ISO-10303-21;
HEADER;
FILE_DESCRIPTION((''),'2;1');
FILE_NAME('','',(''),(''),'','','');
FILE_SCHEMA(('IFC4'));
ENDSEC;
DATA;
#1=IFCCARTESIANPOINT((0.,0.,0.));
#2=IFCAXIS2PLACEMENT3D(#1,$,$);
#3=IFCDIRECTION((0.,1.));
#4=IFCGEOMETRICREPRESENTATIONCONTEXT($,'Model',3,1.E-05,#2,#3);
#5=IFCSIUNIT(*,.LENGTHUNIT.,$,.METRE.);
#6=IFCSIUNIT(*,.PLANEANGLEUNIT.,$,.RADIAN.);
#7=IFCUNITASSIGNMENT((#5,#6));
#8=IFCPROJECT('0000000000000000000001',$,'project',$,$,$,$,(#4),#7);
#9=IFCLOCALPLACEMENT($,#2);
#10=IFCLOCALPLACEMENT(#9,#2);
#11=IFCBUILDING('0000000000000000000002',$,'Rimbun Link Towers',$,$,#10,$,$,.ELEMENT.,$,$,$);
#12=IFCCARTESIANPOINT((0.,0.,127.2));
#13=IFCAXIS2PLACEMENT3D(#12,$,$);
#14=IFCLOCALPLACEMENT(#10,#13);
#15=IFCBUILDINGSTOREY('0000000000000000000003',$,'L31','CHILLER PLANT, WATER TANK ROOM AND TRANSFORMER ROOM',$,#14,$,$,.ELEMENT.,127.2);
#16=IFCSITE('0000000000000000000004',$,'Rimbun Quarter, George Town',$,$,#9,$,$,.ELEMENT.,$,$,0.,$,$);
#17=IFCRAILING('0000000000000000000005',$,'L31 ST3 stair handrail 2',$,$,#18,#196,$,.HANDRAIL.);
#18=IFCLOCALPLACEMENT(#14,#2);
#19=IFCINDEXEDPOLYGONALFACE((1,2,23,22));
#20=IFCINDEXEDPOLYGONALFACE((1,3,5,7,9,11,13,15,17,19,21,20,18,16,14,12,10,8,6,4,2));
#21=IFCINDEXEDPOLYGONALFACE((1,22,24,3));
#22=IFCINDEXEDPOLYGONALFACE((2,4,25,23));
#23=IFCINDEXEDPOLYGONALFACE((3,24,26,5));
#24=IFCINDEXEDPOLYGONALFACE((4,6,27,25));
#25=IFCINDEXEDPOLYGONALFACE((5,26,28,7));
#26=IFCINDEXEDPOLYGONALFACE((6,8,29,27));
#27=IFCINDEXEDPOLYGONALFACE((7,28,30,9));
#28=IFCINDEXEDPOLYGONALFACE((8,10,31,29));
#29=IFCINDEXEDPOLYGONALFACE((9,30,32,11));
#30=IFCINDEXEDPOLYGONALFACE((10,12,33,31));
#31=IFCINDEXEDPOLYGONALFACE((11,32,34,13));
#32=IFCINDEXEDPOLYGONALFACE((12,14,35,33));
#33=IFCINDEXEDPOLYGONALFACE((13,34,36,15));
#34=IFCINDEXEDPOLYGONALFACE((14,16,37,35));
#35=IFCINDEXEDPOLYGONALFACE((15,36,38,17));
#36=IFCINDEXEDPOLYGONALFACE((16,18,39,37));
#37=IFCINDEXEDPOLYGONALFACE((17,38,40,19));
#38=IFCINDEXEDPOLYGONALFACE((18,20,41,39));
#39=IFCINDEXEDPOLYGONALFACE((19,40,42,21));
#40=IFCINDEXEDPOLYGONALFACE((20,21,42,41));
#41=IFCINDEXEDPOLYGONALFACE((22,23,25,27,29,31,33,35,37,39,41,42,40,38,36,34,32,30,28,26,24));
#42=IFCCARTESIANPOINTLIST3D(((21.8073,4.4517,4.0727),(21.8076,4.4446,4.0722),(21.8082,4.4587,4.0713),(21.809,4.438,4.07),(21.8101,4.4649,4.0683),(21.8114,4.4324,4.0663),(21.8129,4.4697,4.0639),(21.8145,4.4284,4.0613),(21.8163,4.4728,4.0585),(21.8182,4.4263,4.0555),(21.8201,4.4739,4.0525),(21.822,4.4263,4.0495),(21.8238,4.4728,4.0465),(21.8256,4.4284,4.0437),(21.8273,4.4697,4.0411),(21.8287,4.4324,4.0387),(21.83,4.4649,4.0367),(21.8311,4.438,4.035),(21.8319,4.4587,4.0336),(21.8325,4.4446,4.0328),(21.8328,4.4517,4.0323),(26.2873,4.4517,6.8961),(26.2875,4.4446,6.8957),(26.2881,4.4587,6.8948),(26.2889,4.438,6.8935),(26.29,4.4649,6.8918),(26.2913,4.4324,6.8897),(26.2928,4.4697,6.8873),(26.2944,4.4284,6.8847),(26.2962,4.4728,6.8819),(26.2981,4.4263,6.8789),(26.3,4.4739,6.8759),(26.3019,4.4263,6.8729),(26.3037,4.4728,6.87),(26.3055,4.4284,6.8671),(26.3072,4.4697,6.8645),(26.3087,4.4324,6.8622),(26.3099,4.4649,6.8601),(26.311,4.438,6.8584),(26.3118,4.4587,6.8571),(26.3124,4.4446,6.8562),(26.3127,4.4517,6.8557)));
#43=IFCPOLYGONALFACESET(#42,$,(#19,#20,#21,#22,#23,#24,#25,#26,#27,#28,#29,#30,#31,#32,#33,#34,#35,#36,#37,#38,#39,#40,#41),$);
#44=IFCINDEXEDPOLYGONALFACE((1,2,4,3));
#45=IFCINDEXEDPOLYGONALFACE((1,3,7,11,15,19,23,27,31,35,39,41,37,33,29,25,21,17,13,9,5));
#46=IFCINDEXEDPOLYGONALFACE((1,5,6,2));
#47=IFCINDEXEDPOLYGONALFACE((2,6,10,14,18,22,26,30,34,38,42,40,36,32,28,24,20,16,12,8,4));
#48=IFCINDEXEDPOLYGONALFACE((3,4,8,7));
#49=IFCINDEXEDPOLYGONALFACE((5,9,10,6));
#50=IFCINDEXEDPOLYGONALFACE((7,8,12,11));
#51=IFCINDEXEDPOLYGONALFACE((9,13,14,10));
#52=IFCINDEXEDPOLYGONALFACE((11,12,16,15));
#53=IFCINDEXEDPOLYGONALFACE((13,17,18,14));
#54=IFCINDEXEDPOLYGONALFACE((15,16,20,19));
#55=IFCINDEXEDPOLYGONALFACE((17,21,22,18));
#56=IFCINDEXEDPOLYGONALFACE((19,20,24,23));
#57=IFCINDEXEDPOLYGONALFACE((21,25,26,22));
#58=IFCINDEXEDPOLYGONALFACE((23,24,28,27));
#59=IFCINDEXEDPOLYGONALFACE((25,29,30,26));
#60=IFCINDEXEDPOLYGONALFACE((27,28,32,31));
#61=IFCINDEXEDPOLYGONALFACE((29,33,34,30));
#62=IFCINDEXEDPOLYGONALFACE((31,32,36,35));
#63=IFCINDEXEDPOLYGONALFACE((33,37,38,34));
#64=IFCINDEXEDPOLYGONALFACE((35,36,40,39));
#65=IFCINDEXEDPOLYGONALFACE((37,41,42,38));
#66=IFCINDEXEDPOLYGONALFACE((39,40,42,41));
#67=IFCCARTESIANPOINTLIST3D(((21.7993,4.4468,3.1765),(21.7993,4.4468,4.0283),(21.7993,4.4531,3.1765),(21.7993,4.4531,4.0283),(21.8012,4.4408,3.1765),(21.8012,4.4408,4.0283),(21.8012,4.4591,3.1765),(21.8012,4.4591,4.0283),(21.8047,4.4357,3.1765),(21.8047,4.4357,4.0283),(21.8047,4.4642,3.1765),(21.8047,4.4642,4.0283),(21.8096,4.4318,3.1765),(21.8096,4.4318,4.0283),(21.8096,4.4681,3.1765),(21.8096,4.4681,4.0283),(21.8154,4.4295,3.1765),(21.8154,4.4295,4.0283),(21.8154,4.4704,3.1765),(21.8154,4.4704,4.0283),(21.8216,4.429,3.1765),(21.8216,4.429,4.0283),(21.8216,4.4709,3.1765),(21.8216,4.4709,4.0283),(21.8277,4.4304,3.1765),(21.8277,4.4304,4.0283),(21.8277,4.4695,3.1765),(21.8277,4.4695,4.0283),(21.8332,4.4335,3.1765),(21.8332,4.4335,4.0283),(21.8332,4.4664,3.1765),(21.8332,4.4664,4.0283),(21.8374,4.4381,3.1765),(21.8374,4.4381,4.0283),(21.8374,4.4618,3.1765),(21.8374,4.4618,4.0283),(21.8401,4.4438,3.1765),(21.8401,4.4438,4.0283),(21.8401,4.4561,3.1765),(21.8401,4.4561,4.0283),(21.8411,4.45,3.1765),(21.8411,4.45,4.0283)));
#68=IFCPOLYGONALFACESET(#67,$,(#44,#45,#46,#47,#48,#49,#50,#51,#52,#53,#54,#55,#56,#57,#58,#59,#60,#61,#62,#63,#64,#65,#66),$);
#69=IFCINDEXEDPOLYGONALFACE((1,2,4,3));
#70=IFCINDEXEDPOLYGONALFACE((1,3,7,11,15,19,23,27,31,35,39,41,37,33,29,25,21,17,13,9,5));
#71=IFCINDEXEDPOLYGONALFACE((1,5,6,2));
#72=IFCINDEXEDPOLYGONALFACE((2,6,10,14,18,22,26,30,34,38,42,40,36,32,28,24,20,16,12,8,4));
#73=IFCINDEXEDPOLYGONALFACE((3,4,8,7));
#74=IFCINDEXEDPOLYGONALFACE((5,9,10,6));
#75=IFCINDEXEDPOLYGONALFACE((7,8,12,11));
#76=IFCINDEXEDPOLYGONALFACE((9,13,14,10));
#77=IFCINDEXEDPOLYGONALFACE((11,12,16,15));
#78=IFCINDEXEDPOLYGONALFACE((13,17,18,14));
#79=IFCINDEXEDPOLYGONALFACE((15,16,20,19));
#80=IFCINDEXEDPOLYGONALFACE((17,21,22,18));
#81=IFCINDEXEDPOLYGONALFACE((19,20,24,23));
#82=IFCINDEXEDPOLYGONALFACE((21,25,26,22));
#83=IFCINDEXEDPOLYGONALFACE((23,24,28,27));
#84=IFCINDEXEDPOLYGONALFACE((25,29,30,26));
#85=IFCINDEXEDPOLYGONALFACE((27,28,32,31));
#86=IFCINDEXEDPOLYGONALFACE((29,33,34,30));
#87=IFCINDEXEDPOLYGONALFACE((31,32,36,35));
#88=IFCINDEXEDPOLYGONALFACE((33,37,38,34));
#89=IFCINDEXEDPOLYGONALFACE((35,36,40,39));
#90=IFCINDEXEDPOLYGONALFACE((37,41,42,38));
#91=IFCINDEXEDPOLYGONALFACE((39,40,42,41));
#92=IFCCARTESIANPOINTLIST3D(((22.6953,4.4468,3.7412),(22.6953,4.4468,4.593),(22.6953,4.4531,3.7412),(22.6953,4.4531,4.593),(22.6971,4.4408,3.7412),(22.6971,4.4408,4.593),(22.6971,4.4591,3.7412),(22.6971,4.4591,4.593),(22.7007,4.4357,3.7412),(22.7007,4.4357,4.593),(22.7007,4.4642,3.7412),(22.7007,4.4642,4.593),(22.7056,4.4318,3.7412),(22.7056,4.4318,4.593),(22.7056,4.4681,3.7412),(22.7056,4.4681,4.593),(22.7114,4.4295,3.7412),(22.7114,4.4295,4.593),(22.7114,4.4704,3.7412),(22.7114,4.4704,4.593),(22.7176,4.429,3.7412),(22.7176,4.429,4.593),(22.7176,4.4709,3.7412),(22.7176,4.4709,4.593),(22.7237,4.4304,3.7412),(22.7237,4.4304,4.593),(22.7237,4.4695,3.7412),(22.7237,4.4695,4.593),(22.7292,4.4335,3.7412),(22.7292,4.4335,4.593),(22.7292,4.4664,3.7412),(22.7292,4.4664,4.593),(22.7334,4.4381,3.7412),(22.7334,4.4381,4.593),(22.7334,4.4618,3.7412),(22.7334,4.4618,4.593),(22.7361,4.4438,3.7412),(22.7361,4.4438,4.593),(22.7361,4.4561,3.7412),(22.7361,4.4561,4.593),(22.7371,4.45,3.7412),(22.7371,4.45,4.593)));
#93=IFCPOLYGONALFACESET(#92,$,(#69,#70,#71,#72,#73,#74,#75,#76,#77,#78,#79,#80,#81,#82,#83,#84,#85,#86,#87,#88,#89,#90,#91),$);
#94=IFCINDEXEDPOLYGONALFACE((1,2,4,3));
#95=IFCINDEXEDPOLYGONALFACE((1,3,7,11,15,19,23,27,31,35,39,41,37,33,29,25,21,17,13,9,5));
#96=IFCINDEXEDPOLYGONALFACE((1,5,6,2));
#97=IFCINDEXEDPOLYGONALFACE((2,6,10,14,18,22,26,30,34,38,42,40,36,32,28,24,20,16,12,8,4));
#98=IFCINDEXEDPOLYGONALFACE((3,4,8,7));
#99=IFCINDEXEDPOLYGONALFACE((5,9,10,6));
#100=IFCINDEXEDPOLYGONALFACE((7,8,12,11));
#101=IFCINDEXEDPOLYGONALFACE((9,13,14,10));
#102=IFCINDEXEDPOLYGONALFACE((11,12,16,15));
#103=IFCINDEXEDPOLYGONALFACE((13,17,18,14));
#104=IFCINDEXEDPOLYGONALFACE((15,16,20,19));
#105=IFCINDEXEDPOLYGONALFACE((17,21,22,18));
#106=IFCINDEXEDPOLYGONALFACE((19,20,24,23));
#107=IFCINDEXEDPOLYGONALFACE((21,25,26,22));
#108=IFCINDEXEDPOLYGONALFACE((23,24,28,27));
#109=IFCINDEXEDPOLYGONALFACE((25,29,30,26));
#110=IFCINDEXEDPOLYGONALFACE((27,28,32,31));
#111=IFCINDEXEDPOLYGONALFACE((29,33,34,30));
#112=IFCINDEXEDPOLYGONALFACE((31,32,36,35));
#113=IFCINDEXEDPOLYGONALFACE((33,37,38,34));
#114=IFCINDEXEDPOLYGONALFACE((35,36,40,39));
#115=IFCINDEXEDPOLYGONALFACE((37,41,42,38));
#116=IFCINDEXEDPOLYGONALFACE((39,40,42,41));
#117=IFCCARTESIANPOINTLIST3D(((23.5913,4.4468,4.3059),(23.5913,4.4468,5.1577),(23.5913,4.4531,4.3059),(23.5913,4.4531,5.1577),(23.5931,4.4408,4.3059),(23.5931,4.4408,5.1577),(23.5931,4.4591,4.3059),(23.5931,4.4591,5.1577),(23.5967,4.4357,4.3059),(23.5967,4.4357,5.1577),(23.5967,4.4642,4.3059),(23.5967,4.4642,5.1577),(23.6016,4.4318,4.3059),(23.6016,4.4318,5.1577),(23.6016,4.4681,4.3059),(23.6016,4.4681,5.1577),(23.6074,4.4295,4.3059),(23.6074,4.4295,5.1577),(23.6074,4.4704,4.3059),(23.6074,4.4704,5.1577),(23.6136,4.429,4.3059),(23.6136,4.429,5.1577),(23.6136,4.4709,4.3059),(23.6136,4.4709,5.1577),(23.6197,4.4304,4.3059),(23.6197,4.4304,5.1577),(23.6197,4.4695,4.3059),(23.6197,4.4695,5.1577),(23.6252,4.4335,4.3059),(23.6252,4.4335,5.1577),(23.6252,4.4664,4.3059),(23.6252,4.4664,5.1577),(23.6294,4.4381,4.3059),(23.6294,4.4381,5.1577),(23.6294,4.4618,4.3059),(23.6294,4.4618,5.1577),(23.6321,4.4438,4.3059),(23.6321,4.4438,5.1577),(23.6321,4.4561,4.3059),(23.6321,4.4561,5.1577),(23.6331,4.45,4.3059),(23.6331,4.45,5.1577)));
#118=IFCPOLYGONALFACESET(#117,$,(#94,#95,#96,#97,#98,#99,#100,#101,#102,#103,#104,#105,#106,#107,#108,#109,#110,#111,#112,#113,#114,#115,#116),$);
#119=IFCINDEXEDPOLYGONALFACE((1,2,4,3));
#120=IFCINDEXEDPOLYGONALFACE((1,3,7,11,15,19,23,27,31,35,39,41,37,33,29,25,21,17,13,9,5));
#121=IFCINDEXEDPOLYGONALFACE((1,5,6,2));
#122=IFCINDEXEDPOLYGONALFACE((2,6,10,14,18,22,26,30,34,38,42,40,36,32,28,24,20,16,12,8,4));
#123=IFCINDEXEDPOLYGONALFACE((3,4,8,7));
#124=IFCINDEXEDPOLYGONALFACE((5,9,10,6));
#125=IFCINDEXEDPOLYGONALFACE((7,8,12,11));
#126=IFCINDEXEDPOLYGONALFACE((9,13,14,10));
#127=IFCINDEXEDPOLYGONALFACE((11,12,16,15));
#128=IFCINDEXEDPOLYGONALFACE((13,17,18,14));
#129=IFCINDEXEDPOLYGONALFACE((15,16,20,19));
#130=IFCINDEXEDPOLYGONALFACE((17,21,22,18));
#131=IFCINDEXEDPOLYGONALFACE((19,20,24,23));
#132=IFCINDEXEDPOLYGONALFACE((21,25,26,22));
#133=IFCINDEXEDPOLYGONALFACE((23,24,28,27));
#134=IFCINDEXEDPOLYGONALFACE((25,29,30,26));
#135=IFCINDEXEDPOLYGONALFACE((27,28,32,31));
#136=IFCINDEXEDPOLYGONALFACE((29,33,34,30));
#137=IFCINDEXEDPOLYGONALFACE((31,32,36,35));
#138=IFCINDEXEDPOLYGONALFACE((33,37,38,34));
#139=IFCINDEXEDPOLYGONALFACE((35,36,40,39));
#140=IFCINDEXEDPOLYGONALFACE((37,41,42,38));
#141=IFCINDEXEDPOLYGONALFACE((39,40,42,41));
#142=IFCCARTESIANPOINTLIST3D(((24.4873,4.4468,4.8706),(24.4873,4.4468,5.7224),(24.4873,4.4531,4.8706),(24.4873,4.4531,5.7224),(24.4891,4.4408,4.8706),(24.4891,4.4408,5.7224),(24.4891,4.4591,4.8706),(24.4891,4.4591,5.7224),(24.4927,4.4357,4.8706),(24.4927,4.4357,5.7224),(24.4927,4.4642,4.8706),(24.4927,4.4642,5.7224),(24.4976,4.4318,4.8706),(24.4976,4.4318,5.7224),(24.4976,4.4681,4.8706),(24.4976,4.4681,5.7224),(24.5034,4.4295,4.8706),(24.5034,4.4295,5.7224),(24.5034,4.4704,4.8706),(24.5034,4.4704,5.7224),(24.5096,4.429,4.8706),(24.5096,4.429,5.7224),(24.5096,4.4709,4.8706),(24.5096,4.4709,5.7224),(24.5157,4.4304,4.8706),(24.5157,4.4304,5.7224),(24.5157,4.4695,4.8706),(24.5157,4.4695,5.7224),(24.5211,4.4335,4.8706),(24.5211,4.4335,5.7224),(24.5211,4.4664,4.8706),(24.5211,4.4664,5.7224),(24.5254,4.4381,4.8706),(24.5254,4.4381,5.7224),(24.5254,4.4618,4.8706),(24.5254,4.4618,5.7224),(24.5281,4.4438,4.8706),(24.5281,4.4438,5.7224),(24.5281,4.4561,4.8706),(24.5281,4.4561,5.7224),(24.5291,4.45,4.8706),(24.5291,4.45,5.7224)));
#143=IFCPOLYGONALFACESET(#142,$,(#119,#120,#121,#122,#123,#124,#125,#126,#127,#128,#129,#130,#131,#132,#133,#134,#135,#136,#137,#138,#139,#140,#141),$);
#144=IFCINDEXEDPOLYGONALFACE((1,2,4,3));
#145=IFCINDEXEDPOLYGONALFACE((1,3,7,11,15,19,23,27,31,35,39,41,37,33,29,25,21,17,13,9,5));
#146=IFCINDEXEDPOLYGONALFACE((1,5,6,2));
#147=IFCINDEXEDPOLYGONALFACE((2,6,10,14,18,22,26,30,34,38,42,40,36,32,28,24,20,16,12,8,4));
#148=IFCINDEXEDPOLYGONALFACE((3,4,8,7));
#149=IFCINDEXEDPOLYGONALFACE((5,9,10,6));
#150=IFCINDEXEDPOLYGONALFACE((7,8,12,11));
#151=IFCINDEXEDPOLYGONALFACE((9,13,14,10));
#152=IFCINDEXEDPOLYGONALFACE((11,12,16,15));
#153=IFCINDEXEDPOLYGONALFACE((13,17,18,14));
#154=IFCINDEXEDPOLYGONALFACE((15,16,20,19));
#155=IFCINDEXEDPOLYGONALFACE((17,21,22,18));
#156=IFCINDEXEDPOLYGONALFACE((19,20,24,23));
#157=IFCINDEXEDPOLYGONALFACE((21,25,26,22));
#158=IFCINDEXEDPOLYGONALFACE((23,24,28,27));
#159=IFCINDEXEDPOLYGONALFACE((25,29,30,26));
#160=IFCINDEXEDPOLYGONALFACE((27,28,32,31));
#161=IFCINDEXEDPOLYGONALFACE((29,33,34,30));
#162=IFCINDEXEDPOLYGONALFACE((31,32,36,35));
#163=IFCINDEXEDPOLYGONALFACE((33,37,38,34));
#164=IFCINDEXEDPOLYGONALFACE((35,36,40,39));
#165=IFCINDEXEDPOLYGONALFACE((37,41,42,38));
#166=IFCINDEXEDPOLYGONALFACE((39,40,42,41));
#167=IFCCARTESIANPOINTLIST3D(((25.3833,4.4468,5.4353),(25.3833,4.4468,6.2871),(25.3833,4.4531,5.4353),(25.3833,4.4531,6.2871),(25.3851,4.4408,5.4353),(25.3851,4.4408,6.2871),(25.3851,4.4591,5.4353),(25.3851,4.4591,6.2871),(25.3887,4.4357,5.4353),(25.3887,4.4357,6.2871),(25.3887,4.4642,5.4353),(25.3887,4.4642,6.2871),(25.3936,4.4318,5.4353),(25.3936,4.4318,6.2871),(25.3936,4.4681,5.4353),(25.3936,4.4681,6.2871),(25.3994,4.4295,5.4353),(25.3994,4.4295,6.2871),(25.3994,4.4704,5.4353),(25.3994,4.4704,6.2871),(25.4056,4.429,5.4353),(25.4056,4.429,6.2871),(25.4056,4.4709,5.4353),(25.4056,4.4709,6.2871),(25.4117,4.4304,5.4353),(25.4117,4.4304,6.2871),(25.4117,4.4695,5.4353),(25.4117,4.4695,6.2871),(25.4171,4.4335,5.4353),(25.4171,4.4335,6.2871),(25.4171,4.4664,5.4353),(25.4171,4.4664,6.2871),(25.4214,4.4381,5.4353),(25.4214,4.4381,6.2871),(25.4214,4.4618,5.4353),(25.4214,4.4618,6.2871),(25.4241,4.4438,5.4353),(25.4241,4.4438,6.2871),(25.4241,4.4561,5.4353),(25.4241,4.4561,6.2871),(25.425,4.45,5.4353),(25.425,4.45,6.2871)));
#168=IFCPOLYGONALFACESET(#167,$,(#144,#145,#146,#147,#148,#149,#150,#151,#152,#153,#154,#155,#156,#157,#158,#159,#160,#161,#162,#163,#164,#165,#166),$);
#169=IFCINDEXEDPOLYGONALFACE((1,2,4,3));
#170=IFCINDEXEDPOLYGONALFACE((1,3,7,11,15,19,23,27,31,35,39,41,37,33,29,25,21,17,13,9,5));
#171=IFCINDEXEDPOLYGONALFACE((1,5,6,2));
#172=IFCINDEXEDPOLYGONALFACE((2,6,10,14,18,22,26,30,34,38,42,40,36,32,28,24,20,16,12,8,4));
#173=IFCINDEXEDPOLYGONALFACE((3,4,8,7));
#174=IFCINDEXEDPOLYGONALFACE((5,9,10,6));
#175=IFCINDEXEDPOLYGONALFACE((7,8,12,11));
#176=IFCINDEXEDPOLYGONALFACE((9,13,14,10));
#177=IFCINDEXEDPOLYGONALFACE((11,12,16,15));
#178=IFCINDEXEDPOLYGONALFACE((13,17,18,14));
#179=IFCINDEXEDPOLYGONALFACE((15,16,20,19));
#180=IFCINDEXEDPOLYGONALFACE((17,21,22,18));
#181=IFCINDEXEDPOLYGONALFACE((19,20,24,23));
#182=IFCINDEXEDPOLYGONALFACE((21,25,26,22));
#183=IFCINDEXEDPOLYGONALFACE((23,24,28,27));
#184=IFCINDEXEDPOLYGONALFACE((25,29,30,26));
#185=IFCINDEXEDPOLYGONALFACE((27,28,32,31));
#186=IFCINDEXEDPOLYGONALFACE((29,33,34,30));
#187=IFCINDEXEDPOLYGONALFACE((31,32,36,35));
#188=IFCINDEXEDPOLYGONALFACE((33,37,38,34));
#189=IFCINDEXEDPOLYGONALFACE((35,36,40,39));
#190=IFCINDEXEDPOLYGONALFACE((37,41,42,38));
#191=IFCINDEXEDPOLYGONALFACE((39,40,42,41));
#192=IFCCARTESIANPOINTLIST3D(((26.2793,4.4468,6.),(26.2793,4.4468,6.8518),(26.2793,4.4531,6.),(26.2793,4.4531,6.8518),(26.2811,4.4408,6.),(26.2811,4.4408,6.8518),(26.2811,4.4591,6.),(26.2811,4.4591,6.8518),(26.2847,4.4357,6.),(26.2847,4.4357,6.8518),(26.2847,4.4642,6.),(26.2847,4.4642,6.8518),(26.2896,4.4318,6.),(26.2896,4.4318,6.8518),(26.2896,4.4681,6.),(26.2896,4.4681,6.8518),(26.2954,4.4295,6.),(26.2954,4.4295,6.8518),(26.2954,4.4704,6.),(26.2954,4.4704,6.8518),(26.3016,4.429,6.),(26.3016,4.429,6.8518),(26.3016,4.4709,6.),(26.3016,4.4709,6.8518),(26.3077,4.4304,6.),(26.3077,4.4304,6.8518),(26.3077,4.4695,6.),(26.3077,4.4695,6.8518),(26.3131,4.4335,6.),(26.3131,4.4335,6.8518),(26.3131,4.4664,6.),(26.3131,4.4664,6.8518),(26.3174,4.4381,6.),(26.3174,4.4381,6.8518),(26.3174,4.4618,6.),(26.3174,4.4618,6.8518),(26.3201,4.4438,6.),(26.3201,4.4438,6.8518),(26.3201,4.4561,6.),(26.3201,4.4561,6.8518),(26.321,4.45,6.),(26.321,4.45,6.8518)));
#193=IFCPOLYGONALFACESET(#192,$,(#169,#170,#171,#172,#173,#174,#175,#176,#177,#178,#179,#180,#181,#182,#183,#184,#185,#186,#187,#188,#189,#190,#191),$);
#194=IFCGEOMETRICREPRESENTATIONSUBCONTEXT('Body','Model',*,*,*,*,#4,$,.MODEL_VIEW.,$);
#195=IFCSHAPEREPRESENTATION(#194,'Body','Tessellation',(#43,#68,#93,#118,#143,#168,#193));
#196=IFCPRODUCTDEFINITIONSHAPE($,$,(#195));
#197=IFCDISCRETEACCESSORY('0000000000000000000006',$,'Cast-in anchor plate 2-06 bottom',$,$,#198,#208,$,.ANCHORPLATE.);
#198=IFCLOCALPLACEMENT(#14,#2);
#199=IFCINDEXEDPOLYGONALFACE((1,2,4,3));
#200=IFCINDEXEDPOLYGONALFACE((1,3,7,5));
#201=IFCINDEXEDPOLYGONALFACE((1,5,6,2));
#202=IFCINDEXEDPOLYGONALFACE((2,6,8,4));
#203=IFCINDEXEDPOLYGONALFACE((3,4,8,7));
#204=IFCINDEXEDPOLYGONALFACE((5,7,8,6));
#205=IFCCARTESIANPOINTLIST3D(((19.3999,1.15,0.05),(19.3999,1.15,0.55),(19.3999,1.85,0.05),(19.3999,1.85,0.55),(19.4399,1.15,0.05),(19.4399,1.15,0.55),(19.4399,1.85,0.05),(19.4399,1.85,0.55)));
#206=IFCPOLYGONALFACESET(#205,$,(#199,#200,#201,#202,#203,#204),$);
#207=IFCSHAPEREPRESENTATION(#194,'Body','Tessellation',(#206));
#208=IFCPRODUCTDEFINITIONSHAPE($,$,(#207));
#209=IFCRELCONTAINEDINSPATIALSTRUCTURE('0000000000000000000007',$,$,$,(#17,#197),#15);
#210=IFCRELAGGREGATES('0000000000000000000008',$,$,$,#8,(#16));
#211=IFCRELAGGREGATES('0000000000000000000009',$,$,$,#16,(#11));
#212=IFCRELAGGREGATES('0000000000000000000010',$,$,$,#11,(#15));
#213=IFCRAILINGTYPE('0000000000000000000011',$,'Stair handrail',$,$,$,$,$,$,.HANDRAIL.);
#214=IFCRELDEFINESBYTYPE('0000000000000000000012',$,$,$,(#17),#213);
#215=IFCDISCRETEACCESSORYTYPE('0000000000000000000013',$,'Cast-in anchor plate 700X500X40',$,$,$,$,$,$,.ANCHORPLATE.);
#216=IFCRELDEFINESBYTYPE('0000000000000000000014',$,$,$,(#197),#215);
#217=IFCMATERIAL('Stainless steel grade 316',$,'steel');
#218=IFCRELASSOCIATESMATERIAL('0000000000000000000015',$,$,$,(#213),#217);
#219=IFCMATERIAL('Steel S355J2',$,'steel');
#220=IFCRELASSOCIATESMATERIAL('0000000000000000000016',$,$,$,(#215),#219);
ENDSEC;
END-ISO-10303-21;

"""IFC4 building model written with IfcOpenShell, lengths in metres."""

from ifc_helpers import new_model, si_unit, direction, frame, origin, origin_2d, place, context, subcontext, project, spatial, rectangle, circle, extrude, material, material_profile, profile_set, type_object, element, save


model = new_model("IFC4")

# Units and contexts
model_context = context("Model", 3, precision=1e-05, world=origin(), true_north=direction((0.0, 1.0)))
body_context = subcontext(model_context, "Body", "Model", "MODEL_VIEW")
ifc_project = project(units=[si_unit("LENGTHUNIT", "METRE"), si_unit("PLANEANGLEUNIT", "RADIAN")], contexts=[model_context])

# Site, building, storey
site_placement = place(None, origin())
site = spatial("IfcSite", under=ifc_project, at=site_placement, Name="Rimbun Quarter, George Town", CompositionType="ELEMENT", RefElevation=0.0)
building_placement = place(site_placement, origin())
building = spatial("IfcBuilding", under=site, at=building_placement, Name="Rimbun Link Towers", CompositionType="ELEMENT")
storey_placement = place(building_placement, frame((0.0, 0.0, 127.2)))
storey = spatial("IfcBuildingStorey", under=building, at=storey_placement, Name="L31", Description="CHILLER PLANT, WATER TANK ROOM AND TRANSFORMER ROOM", CompositionType="ELEMENT", Elevation=127.2)

# Railing
ifc_material_1 = material(Name="Stainless steel grade 316", Category="steel")
railing_type_1 = type_object("IfcRailingType", Name="Stair handrail", PredefinedType="HANDRAIL", material=ifc_material_1)
railing_1_placement = place(storey_placement, frame((21.8201, 4.45, 3.1765)))
element("IfcRailing", 1, at=railing_1_placement, inside=storey, type_object=railing_type_1, Name="L31 ST3 stair handrail 2", PredefinedType="HANDRAIL", context=body_context, shape_type="SweptSolid", body=[
    extrude(circle(Radius=0.0239, at=origin_2d()), frame((0.0, 0.0, 0.876), z_axis=(0.845998, 0.0, 0.533186), x_axis=(0.0, 1.0, 0.0)), (0.0, 0.0, 1.0), 5.2954),
    extrude(circle(Radius=0.021, at=origin_2d()), origin(), (0.0, 0.0, 1.0), 0.8518),
    extrude(circle(Radius=0.021, at=origin_2d()), frame((0.896, 0.0, 0.5647)), (0.0, 0.0, 1.0), 0.8518),
    extrude(circle(Radius=0.021, at=origin_2d()), frame((1.792, 0.0, 1.1294)), (0.0, 0.0, 1.0), 0.8518),
    extrude(circle(Radius=0.021, at=origin_2d()), frame((2.688, 0.0, 1.6941)), (0.0, 0.0, 1.0), 0.8518),
    extrude(circle(Radius=0.021, at=origin_2d()), frame((3.584, 0.0, 2.2588)), (0.0, 0.0, 1.0), 0.8518),
    extrude(circle(Radius=0.021, at=origin_2d()), frame((4.48, 0.0, 2.8235)), (0.0, 0.0, 1.0), 0.8518),
])

# Discrete accessory
ifc_material_2 = material(Name="Steel S355J2", Category="steel")
ifc_material_profile_1 = material_profile(ifc_material_2, rectangle(XDim=0.7, YDim=0.5, at=origin_2d()), Name="PL 700x500")
ifc_profile_set_1 = profile_set([ifc_material_profile_1], Name="Steel S355J2")
discrete_accessory_type = type_object("IfcDiscreteAccessoryType", Name="Cast-in anchor plate 700X500X40", PredefinedType="ANCHORPLATE", material=ifc_profile_set_1)
for number, where, z_axis, x_axis, name in (
    (2, (19.4399, 1.5, 0.3), (-1.0, 0.0, 0.0), (0.0, -1.0, 0.0), "Cast-in anchor plate 2-06 bottom"),
):
    element("IfcDiscreteAccessory", number, at=place(storey_placement, frame(where, z_axis=z_axis, x_axis=x_axis)), inside=storey, type_object=discrete_accessory_type, Name=name, PredefinedType="ANCHORPLATE", context=body_context, shape_type="SweptSolid", body=[
        extrude(rectangle(XDim=0.7, YDim=0.5, at=origin_2d()), origin(), (0.0, 0.0, 1.0), 0.04),
    ])

save(model, "model.ifc")
